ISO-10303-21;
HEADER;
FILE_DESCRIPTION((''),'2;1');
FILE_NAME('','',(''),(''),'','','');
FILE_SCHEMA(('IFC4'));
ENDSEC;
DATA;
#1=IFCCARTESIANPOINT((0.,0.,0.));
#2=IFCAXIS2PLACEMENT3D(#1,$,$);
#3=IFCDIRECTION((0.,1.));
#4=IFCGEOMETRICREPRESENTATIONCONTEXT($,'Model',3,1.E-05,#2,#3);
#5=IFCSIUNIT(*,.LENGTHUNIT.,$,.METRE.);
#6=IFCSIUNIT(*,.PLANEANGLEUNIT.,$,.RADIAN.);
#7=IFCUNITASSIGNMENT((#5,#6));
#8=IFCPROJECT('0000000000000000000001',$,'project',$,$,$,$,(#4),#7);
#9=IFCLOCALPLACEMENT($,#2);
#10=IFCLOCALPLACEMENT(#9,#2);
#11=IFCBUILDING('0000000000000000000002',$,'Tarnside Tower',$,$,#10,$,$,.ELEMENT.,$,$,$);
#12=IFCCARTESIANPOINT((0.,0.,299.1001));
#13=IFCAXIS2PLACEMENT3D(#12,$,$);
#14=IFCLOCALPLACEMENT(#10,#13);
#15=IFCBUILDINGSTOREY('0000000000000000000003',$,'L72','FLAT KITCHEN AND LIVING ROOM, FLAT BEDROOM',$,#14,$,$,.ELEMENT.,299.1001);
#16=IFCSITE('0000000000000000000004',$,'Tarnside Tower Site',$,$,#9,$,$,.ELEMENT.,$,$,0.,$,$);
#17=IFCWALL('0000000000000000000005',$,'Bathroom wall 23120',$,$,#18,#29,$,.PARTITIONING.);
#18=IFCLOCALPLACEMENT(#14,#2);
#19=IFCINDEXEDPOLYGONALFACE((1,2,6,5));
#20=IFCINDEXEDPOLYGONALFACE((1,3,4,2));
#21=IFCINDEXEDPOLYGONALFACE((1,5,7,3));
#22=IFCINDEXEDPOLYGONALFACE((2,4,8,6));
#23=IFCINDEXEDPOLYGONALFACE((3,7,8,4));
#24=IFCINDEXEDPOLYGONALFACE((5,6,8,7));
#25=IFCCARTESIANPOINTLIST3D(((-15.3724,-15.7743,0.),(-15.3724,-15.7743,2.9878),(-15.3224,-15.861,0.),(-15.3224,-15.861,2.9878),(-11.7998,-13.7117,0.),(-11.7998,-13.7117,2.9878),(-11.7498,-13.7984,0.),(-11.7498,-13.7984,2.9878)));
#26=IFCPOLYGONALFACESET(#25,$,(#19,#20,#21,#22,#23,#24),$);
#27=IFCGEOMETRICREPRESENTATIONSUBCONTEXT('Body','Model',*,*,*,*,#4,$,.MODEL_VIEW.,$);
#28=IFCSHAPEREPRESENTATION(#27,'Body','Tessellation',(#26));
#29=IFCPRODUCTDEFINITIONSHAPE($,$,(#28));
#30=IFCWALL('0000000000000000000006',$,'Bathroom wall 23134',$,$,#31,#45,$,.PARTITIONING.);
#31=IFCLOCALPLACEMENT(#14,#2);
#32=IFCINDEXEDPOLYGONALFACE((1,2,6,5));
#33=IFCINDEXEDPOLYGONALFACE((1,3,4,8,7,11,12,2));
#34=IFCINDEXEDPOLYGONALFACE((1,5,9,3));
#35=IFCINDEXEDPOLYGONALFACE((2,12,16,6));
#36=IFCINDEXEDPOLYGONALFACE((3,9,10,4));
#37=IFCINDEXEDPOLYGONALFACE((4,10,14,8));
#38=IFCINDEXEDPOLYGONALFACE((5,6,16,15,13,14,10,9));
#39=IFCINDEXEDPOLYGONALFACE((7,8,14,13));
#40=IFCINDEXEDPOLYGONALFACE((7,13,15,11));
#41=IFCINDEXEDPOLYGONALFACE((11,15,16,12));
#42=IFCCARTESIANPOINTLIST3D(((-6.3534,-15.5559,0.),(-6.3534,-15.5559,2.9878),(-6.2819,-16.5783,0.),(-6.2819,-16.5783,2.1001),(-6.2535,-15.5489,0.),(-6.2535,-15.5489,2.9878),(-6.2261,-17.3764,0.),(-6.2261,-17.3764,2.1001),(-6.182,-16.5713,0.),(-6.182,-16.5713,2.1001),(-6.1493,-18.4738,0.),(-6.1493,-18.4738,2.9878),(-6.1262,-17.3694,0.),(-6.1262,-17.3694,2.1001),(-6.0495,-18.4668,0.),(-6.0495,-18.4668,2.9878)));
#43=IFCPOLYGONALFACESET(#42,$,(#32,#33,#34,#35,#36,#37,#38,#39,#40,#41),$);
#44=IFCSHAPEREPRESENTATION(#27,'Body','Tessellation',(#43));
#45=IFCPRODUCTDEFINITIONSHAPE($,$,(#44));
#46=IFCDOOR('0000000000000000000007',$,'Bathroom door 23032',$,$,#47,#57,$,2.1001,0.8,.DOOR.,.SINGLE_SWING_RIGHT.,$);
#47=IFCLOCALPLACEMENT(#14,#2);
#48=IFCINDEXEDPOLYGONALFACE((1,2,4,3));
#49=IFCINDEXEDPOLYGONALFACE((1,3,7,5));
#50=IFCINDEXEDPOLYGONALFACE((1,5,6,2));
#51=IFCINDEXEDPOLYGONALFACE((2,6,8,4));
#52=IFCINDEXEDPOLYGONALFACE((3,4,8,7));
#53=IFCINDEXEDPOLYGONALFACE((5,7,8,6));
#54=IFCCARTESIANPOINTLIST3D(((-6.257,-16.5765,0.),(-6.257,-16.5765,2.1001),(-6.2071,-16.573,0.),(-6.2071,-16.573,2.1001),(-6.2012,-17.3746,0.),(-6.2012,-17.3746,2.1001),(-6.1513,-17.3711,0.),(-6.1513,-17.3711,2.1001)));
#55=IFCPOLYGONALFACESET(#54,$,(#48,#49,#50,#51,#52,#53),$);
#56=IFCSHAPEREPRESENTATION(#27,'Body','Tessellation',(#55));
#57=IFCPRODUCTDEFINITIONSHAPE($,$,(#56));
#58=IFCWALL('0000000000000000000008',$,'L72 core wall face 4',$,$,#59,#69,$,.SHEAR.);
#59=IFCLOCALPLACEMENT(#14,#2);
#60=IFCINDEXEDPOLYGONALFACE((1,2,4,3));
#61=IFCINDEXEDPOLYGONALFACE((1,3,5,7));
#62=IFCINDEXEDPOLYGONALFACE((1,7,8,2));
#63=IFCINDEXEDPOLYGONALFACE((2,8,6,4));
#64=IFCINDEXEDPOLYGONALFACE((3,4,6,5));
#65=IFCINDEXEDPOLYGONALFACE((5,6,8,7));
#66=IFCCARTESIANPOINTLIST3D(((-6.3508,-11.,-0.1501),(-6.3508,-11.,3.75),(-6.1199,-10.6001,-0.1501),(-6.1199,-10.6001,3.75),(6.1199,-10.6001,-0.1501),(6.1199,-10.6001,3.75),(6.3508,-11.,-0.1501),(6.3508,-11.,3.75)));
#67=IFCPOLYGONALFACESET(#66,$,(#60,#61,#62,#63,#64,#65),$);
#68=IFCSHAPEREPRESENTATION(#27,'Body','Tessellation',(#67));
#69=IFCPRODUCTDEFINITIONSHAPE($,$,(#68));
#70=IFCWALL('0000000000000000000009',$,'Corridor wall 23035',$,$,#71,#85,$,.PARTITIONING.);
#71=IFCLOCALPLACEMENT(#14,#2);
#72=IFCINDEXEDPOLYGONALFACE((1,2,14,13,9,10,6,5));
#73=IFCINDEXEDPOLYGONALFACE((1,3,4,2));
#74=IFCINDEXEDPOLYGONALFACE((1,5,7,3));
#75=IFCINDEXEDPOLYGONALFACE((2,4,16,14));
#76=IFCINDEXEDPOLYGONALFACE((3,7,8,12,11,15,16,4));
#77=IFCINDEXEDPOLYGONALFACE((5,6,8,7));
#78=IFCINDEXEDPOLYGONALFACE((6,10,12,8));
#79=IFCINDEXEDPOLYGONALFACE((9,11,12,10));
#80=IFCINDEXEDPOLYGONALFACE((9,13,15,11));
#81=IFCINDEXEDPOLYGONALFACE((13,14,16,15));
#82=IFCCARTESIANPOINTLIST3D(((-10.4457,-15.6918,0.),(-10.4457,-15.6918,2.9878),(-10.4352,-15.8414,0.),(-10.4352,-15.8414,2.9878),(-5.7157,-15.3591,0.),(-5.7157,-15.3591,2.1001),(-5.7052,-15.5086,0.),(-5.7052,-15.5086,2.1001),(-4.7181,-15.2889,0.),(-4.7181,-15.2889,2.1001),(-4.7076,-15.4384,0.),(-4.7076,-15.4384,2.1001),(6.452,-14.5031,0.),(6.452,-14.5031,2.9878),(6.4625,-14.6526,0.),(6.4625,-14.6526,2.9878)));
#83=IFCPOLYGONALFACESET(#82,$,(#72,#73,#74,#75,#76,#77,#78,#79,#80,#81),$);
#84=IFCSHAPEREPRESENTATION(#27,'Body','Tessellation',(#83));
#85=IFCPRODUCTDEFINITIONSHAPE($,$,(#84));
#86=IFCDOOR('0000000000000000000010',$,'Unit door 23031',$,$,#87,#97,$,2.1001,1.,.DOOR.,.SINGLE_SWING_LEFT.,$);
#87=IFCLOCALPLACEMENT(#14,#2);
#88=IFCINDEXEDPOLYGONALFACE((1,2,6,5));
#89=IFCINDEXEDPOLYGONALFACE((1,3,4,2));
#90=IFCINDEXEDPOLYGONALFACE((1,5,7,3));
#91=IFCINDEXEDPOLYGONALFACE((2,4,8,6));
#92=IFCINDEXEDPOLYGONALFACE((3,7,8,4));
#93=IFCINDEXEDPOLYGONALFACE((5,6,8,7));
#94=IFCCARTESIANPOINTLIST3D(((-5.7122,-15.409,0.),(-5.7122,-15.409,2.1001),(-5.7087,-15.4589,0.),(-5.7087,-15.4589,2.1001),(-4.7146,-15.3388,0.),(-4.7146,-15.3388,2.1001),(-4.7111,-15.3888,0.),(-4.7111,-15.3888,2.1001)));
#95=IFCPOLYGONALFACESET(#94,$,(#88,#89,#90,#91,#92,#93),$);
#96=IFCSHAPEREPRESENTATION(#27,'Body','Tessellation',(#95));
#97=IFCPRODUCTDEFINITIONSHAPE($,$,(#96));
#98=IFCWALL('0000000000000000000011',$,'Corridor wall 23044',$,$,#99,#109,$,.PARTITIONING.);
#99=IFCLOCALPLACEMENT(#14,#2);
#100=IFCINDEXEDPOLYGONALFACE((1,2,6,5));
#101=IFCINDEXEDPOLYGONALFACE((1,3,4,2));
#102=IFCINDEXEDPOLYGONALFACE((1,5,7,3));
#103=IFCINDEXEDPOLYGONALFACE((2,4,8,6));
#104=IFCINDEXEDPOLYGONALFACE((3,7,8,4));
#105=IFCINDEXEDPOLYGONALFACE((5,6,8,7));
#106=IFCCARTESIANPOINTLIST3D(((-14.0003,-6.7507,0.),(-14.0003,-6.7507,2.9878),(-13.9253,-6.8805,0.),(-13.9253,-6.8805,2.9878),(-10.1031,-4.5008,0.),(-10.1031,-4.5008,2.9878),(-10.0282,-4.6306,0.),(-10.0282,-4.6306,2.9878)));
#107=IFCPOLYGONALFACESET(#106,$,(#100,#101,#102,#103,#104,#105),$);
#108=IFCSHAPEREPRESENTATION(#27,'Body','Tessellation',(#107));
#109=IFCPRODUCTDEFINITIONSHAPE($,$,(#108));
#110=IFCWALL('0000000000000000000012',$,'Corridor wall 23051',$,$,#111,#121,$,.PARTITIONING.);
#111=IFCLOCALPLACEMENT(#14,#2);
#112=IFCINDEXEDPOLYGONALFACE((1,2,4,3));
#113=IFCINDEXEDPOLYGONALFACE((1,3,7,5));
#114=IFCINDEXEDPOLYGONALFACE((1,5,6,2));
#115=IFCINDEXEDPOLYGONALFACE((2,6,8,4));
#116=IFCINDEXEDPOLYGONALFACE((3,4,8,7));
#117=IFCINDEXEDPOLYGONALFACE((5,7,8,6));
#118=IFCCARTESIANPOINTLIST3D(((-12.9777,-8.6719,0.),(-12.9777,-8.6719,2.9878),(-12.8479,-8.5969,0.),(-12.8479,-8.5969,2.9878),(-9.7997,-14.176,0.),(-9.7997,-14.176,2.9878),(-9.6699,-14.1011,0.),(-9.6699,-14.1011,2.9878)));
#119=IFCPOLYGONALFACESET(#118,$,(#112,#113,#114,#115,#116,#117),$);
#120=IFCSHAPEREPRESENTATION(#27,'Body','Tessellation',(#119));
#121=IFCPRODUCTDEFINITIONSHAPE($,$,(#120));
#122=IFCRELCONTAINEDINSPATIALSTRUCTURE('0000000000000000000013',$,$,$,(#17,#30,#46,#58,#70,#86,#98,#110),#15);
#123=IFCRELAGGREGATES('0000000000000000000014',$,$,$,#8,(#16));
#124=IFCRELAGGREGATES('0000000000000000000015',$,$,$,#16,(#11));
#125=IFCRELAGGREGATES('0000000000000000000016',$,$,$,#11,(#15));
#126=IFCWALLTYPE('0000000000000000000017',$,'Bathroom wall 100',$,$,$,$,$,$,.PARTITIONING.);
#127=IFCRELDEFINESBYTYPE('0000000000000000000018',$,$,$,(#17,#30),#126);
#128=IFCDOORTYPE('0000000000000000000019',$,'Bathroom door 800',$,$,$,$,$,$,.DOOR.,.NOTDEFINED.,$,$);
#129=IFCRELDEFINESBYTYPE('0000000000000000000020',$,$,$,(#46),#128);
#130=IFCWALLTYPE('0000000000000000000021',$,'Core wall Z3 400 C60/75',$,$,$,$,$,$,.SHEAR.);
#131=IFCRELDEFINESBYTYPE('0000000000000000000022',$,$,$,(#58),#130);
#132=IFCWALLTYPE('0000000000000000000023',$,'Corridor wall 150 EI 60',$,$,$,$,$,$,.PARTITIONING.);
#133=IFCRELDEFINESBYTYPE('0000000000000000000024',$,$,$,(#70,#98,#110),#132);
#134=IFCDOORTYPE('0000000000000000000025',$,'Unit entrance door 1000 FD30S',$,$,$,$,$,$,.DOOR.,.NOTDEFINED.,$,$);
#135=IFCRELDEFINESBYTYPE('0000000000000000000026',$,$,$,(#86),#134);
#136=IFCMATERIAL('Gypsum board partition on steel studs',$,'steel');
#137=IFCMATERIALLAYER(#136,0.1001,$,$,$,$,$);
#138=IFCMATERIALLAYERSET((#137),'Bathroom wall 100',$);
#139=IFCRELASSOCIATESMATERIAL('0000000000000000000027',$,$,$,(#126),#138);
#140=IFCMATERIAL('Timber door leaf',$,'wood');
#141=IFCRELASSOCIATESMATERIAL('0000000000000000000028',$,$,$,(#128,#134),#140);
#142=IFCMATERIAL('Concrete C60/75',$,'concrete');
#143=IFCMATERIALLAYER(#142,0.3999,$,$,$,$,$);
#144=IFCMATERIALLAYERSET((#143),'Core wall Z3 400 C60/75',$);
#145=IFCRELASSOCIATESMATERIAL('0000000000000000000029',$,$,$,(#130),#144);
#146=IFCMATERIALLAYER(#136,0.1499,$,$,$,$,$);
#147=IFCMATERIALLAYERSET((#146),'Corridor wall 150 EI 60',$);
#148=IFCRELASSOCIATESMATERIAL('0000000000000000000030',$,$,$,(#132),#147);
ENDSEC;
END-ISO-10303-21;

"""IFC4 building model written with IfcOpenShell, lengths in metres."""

from ifc_helpers import new_model, si_unit, direction, frame, frame_2d, origin, place, context, subcontext, project, spatial, polyline, rectangle, outline, extrude, material, layer, layer_set, type_object, element, fill, save


model = new_model("IFC4")

# Units and contexts
model_context = context("Model", 3, precision=1e-05, world=origin(), true_north=direction((0.0, 1.0)))
body_context = subcontext(model_context, "Body", "Model", "MODEL_VIEW")
ifc_project = project(units=[si_unit("LENGTHUNIT", "METRE"), si_unit("PLANEANGLEUNIT", "RADIAN")], contexts=[model_context])

# Site, building, storey
site_placement = place(None, origin())
site = spatial("IfcSite", under=ifc_project, at=site_placement, Name="Tarnside Tower Site", CompositionType="ELEMENT", RefElevation=0.0)
building_placement = place(site_placement, origin())
building = spatial("IfcBuilding", under=site, at=building_placement, Name="Tarnside Tower", CompositionType="ELEMENT")
storey_placement = place(building_placement, frame((0.0, 0.0, 299.1001)))
storey = spatial("IfcBuildingStorey", under=building, at=storey_placement, Name="L72", Description="FLAT KITCHEN AND LIVING ROOM, FLAT BEDROOM", CompositionType="ELEMENT", Elevation=299.1001)

# Wall
ifc_material_1 = material(Name="Gypsum board partition on steel studs", Category="steel")
ifc_layer_1 = layer(ifc_material_1, 0.1001)
ifc_layer_set_1 = layer_set([ifc_layer_1], Name="Bathroom wall 100")
wall_type_1 = type_object("IfcWallType", Name="Bathroom wall 100", PredefinedType="PARTITIONING", material=ifc_layer_set_1)
wall_1_placement = place(storey_placement, frame((-11.7749, -13.7551, 0.0), z_axis=(0.0, 0.0, 1.0), x_axis=(-0.866035, -0.499984, 0.0)))
element("IfcWall", 1, at=wall_1_placement, inside=storey, type_object=wall_type_1, Name="Bathroom wall 23120", PredefinedType="PARTITIONING", context=body_context, shape_type="SweptSolid", body=[
    extrude(rectangle(XDim=4.1252, YDim=0.1001, at=frame_2d((2.0625, 0.0))), origin(), (0.0, 0.0, 1.0), 2.9878),
])

# Wall, opening, door
wall_2_placement = place(storey_placement, frame((-6.3035, -15.5525, 0.0), z_axis=(0.0, 0.0, 1.0), x_axis=(0.069776, -0.997563, 0.0)))
wall_2 = element("IfcWall", 2, at=wall_2_placement, inside=storey, type_object=wall_type_1, Name="Bathroom wall 23134", PredefinedType="PARTITIONING", context=body_context, shape_type="SweptSolid", body=[
    extrude(rectangle(XDim=2.925, YDim=0.1001, at=frame_2d((1.4624, 0.0))), origin(), (0.0, 0.0, 1.0), 2.9878),
])
opening_1_placement = place(wall_2_placement, frame((1.0249, 0.0, 0.0)))
opening_1 = element("IfcOpeningElement", 3, at=opening_1_placement, cuts=wall_2, PredefinedType="OPENING", context=body_context, shape_type="SweptSolid", body=[
    extrude(rectangle(XDim=0.8, YDim=2.1001, at=frame_2d((0.3999, 1.05))), frame((0.0, 0.0601, 0.0), z_axis=(0.0, -1.0, 0.0), x_axis=(1.0, 0.0, 0.0)), (0.0, 0.0, 1.0), 0.1201),
])
ifc_material_2 = material(Name="Timber door leaf", Category="wood")
door_type_1 = type_object("IfcDoorType", Name="Bathroom door 800", OperationType="NOTDEFINED", PredefinedType="DOOR", material=ifc_material_2)
door_1_placement = place(opening_1_placement, origin())
door_1 = element("IfcDoor", 4, at=door_1_placement, inside=storey, type_object=door_type_1, Name="Bathroom door 23032", OperationType="SINGLE_SWING_RIGHT", OverallHeight=2.1001, OverallWidth=0.8, PredefinedType="DOOR", context=body_context, shape_type="SweptSolid", body=[
    extrude(rectangle(XDim=0.8, YDim=2.1001, at=frame_2d((0.3999, 1.05))), frame((0.0, 0.0249, 0.0), z_axis=(0.0, -1.0, 0.0), x_axis=(1.0, 0.0, 0.0)), (0.0, 0.0, 1.0), 0.05),
])
fill(opening_1, door_1)

# Wall
ifc_material_3 = material(Name="Concrete C60/75", Category="concrete")
ifc_layer_2 = layer(ifc_material_3, 0.3999)
ifc_layer_set_2 = layer_set([ifc_layer_2], Name="Core wall Z3 400 C60/75")
wall_type_2 = type_object("IfcWallType", Name="Core wall Z3 400 C60/75", PredefinedType="SHEAR", material=ifc_layer_set_2)
wall_3_placement = place(storey_placement, frame((-6.2354, -10.8, -0.1501), z_axis=(0.0, 0.0, 1.0), x_axis=(1.0, 0.0, 0.0)))
element("IfcWall", 5, at=wall_3_placement, inside=storey, type_object=wall_type_2, Name="L72 core wall face 4", PredefinedType="SHEAR", context=body_context, shape_type="SweptSolid", body=[
    extrude(outline(polyline([(-0.1155, -0.2), (12.5862, -0.2), (12.3552, 0.2), (0.1155, 0.2), (-0.1155, -0.2)])), origin(), (0.0, 0.0, 1.0), 3.9001),
])

# Wall, opening, door
ifc_layer_3 = layer(ifc_material_1, 0.1499)
ifc_layer_set_3 = layer_set([ifc_layer_3], Name="Corridor wall 150 EI 60")
wall_type_3 = type_object("IfcWallType", Name="Corridor wall 150 EI 60", PredefinedType="PARTITIONING", material=ifc_layer_set_3)
wall_4_placement = place(storey_placement, frame((-10.4404, -15.7666, 0.0), z_axis=(0.0, 0.0, 1.0), x_axis=(0.997535, 0.070175, 0.0)))
wall_4 = element("IfcWall", 6, at=wall_4_placement, inside=storey, type_object=wall_type_3, Name="Corridor wall 23035", PredefinedType="PARTITIONING", context=body_context, shape_type="SweptSolid", body=[
    extrude(rectangle(XDim=16.9395, YDim=0.1499, at=frame_2d((8.4697, 0.0))), origin(), (0.0, 0.0, 1.0), 2.9878),
])
opening_2_placement = place(wall_4_placement, frame((4.7417, 0.0, 0.0)))
opening_2 = element("IfcOpeningElement", 7, at=opening_2_placement, cuts=wall_4, PredefinedType="OPENING", context=body_context, shape_type="SweptSolid", body=[
    extrude(rectangle(XDim=1.0, YDim=2.1001, at=frame_2d((0.5, 1.05))), frame((0.0, 0.085, 0.0), z_axis=(0.0, -1.0, 0.0), x_axis=(1.0, 0.0, 0.0)), (0.0, 0.0, 1.0), 0.1699),
])
door_type_2 = type_object("IfcDoorType", Name="Unit entrance door 1000 FD30S", OperationType="NOTDEFINED", PredefinedType="DOOR", material=ifc_material_2)
door_2_placement = place(opening_2_placement, origin())
door_2 = element("IfcDoor", 8, at=door_2_placement, inside=storey, type_object=door_type_2, Name="Unit door 23031", OperationType="SINGLE_SWING_LEFT", OverallHeight=2.1001, OverallWidth=1.0, PredefinedType="DOOR", context=body_context, shape_type="SweptSolid", body=[
    extrude(rectangle(XDim=1.0, YDim=2.1001, at=frame_2d((0.5, 1.05))), frame((0.0, 0.0249, 0.0), z_axis=(0.0, -1.0, 0.0), x_axis=(1.0, 0.0, 0.0)), (0.0, 0.0, 1.0), 0.05),
])
fill(opening_2, door_2)

# Walls
wall_5_placement = place(storey_placement, frame((-10.0657, -4.5657, 0.0), z_axis=(0.0, 0.0, 1.0), x_axis=(-0.866031, -0.49999, 0.0)))
element("IfcWall", 9, at=wall_5_placement, inside=storey, type_object=wall_type_3, Name="Corridor wall 23044", PredefinedType="PARTITIONING", context=body_context, shape_type="SweptSolid", body=[
    extrude(rectangle(XDim=4.5, YDim=0.1499, at=frame_2d((2.25, 0.0))), origin(), (0.0, 0.0, 1.0), 2.9878),
])
wall_6_placement = place(storey_placement, frame((-9.7349, -14.1384, 0.0), z_axis=(0.0, 0.0, 1.0), x_axis=(-0.500018, 0.866015, 0.0)))
element("IfcWall", 10, at=wall_6_placement, inside=storey, type_object=wall_type_3, Name="Corridor wall 23051", PredefinedType="PARTITIONING", context=body_context, shape_type="SweptSolid", body=[
    extrude(rectangle(XDim=6.3557, YDim=0.1499, at=frame_2d((3.1777, 0.0))), origin(), (0.0, 0.0, 1.0), 2.9878),
])

save(model, "model.ifc")
